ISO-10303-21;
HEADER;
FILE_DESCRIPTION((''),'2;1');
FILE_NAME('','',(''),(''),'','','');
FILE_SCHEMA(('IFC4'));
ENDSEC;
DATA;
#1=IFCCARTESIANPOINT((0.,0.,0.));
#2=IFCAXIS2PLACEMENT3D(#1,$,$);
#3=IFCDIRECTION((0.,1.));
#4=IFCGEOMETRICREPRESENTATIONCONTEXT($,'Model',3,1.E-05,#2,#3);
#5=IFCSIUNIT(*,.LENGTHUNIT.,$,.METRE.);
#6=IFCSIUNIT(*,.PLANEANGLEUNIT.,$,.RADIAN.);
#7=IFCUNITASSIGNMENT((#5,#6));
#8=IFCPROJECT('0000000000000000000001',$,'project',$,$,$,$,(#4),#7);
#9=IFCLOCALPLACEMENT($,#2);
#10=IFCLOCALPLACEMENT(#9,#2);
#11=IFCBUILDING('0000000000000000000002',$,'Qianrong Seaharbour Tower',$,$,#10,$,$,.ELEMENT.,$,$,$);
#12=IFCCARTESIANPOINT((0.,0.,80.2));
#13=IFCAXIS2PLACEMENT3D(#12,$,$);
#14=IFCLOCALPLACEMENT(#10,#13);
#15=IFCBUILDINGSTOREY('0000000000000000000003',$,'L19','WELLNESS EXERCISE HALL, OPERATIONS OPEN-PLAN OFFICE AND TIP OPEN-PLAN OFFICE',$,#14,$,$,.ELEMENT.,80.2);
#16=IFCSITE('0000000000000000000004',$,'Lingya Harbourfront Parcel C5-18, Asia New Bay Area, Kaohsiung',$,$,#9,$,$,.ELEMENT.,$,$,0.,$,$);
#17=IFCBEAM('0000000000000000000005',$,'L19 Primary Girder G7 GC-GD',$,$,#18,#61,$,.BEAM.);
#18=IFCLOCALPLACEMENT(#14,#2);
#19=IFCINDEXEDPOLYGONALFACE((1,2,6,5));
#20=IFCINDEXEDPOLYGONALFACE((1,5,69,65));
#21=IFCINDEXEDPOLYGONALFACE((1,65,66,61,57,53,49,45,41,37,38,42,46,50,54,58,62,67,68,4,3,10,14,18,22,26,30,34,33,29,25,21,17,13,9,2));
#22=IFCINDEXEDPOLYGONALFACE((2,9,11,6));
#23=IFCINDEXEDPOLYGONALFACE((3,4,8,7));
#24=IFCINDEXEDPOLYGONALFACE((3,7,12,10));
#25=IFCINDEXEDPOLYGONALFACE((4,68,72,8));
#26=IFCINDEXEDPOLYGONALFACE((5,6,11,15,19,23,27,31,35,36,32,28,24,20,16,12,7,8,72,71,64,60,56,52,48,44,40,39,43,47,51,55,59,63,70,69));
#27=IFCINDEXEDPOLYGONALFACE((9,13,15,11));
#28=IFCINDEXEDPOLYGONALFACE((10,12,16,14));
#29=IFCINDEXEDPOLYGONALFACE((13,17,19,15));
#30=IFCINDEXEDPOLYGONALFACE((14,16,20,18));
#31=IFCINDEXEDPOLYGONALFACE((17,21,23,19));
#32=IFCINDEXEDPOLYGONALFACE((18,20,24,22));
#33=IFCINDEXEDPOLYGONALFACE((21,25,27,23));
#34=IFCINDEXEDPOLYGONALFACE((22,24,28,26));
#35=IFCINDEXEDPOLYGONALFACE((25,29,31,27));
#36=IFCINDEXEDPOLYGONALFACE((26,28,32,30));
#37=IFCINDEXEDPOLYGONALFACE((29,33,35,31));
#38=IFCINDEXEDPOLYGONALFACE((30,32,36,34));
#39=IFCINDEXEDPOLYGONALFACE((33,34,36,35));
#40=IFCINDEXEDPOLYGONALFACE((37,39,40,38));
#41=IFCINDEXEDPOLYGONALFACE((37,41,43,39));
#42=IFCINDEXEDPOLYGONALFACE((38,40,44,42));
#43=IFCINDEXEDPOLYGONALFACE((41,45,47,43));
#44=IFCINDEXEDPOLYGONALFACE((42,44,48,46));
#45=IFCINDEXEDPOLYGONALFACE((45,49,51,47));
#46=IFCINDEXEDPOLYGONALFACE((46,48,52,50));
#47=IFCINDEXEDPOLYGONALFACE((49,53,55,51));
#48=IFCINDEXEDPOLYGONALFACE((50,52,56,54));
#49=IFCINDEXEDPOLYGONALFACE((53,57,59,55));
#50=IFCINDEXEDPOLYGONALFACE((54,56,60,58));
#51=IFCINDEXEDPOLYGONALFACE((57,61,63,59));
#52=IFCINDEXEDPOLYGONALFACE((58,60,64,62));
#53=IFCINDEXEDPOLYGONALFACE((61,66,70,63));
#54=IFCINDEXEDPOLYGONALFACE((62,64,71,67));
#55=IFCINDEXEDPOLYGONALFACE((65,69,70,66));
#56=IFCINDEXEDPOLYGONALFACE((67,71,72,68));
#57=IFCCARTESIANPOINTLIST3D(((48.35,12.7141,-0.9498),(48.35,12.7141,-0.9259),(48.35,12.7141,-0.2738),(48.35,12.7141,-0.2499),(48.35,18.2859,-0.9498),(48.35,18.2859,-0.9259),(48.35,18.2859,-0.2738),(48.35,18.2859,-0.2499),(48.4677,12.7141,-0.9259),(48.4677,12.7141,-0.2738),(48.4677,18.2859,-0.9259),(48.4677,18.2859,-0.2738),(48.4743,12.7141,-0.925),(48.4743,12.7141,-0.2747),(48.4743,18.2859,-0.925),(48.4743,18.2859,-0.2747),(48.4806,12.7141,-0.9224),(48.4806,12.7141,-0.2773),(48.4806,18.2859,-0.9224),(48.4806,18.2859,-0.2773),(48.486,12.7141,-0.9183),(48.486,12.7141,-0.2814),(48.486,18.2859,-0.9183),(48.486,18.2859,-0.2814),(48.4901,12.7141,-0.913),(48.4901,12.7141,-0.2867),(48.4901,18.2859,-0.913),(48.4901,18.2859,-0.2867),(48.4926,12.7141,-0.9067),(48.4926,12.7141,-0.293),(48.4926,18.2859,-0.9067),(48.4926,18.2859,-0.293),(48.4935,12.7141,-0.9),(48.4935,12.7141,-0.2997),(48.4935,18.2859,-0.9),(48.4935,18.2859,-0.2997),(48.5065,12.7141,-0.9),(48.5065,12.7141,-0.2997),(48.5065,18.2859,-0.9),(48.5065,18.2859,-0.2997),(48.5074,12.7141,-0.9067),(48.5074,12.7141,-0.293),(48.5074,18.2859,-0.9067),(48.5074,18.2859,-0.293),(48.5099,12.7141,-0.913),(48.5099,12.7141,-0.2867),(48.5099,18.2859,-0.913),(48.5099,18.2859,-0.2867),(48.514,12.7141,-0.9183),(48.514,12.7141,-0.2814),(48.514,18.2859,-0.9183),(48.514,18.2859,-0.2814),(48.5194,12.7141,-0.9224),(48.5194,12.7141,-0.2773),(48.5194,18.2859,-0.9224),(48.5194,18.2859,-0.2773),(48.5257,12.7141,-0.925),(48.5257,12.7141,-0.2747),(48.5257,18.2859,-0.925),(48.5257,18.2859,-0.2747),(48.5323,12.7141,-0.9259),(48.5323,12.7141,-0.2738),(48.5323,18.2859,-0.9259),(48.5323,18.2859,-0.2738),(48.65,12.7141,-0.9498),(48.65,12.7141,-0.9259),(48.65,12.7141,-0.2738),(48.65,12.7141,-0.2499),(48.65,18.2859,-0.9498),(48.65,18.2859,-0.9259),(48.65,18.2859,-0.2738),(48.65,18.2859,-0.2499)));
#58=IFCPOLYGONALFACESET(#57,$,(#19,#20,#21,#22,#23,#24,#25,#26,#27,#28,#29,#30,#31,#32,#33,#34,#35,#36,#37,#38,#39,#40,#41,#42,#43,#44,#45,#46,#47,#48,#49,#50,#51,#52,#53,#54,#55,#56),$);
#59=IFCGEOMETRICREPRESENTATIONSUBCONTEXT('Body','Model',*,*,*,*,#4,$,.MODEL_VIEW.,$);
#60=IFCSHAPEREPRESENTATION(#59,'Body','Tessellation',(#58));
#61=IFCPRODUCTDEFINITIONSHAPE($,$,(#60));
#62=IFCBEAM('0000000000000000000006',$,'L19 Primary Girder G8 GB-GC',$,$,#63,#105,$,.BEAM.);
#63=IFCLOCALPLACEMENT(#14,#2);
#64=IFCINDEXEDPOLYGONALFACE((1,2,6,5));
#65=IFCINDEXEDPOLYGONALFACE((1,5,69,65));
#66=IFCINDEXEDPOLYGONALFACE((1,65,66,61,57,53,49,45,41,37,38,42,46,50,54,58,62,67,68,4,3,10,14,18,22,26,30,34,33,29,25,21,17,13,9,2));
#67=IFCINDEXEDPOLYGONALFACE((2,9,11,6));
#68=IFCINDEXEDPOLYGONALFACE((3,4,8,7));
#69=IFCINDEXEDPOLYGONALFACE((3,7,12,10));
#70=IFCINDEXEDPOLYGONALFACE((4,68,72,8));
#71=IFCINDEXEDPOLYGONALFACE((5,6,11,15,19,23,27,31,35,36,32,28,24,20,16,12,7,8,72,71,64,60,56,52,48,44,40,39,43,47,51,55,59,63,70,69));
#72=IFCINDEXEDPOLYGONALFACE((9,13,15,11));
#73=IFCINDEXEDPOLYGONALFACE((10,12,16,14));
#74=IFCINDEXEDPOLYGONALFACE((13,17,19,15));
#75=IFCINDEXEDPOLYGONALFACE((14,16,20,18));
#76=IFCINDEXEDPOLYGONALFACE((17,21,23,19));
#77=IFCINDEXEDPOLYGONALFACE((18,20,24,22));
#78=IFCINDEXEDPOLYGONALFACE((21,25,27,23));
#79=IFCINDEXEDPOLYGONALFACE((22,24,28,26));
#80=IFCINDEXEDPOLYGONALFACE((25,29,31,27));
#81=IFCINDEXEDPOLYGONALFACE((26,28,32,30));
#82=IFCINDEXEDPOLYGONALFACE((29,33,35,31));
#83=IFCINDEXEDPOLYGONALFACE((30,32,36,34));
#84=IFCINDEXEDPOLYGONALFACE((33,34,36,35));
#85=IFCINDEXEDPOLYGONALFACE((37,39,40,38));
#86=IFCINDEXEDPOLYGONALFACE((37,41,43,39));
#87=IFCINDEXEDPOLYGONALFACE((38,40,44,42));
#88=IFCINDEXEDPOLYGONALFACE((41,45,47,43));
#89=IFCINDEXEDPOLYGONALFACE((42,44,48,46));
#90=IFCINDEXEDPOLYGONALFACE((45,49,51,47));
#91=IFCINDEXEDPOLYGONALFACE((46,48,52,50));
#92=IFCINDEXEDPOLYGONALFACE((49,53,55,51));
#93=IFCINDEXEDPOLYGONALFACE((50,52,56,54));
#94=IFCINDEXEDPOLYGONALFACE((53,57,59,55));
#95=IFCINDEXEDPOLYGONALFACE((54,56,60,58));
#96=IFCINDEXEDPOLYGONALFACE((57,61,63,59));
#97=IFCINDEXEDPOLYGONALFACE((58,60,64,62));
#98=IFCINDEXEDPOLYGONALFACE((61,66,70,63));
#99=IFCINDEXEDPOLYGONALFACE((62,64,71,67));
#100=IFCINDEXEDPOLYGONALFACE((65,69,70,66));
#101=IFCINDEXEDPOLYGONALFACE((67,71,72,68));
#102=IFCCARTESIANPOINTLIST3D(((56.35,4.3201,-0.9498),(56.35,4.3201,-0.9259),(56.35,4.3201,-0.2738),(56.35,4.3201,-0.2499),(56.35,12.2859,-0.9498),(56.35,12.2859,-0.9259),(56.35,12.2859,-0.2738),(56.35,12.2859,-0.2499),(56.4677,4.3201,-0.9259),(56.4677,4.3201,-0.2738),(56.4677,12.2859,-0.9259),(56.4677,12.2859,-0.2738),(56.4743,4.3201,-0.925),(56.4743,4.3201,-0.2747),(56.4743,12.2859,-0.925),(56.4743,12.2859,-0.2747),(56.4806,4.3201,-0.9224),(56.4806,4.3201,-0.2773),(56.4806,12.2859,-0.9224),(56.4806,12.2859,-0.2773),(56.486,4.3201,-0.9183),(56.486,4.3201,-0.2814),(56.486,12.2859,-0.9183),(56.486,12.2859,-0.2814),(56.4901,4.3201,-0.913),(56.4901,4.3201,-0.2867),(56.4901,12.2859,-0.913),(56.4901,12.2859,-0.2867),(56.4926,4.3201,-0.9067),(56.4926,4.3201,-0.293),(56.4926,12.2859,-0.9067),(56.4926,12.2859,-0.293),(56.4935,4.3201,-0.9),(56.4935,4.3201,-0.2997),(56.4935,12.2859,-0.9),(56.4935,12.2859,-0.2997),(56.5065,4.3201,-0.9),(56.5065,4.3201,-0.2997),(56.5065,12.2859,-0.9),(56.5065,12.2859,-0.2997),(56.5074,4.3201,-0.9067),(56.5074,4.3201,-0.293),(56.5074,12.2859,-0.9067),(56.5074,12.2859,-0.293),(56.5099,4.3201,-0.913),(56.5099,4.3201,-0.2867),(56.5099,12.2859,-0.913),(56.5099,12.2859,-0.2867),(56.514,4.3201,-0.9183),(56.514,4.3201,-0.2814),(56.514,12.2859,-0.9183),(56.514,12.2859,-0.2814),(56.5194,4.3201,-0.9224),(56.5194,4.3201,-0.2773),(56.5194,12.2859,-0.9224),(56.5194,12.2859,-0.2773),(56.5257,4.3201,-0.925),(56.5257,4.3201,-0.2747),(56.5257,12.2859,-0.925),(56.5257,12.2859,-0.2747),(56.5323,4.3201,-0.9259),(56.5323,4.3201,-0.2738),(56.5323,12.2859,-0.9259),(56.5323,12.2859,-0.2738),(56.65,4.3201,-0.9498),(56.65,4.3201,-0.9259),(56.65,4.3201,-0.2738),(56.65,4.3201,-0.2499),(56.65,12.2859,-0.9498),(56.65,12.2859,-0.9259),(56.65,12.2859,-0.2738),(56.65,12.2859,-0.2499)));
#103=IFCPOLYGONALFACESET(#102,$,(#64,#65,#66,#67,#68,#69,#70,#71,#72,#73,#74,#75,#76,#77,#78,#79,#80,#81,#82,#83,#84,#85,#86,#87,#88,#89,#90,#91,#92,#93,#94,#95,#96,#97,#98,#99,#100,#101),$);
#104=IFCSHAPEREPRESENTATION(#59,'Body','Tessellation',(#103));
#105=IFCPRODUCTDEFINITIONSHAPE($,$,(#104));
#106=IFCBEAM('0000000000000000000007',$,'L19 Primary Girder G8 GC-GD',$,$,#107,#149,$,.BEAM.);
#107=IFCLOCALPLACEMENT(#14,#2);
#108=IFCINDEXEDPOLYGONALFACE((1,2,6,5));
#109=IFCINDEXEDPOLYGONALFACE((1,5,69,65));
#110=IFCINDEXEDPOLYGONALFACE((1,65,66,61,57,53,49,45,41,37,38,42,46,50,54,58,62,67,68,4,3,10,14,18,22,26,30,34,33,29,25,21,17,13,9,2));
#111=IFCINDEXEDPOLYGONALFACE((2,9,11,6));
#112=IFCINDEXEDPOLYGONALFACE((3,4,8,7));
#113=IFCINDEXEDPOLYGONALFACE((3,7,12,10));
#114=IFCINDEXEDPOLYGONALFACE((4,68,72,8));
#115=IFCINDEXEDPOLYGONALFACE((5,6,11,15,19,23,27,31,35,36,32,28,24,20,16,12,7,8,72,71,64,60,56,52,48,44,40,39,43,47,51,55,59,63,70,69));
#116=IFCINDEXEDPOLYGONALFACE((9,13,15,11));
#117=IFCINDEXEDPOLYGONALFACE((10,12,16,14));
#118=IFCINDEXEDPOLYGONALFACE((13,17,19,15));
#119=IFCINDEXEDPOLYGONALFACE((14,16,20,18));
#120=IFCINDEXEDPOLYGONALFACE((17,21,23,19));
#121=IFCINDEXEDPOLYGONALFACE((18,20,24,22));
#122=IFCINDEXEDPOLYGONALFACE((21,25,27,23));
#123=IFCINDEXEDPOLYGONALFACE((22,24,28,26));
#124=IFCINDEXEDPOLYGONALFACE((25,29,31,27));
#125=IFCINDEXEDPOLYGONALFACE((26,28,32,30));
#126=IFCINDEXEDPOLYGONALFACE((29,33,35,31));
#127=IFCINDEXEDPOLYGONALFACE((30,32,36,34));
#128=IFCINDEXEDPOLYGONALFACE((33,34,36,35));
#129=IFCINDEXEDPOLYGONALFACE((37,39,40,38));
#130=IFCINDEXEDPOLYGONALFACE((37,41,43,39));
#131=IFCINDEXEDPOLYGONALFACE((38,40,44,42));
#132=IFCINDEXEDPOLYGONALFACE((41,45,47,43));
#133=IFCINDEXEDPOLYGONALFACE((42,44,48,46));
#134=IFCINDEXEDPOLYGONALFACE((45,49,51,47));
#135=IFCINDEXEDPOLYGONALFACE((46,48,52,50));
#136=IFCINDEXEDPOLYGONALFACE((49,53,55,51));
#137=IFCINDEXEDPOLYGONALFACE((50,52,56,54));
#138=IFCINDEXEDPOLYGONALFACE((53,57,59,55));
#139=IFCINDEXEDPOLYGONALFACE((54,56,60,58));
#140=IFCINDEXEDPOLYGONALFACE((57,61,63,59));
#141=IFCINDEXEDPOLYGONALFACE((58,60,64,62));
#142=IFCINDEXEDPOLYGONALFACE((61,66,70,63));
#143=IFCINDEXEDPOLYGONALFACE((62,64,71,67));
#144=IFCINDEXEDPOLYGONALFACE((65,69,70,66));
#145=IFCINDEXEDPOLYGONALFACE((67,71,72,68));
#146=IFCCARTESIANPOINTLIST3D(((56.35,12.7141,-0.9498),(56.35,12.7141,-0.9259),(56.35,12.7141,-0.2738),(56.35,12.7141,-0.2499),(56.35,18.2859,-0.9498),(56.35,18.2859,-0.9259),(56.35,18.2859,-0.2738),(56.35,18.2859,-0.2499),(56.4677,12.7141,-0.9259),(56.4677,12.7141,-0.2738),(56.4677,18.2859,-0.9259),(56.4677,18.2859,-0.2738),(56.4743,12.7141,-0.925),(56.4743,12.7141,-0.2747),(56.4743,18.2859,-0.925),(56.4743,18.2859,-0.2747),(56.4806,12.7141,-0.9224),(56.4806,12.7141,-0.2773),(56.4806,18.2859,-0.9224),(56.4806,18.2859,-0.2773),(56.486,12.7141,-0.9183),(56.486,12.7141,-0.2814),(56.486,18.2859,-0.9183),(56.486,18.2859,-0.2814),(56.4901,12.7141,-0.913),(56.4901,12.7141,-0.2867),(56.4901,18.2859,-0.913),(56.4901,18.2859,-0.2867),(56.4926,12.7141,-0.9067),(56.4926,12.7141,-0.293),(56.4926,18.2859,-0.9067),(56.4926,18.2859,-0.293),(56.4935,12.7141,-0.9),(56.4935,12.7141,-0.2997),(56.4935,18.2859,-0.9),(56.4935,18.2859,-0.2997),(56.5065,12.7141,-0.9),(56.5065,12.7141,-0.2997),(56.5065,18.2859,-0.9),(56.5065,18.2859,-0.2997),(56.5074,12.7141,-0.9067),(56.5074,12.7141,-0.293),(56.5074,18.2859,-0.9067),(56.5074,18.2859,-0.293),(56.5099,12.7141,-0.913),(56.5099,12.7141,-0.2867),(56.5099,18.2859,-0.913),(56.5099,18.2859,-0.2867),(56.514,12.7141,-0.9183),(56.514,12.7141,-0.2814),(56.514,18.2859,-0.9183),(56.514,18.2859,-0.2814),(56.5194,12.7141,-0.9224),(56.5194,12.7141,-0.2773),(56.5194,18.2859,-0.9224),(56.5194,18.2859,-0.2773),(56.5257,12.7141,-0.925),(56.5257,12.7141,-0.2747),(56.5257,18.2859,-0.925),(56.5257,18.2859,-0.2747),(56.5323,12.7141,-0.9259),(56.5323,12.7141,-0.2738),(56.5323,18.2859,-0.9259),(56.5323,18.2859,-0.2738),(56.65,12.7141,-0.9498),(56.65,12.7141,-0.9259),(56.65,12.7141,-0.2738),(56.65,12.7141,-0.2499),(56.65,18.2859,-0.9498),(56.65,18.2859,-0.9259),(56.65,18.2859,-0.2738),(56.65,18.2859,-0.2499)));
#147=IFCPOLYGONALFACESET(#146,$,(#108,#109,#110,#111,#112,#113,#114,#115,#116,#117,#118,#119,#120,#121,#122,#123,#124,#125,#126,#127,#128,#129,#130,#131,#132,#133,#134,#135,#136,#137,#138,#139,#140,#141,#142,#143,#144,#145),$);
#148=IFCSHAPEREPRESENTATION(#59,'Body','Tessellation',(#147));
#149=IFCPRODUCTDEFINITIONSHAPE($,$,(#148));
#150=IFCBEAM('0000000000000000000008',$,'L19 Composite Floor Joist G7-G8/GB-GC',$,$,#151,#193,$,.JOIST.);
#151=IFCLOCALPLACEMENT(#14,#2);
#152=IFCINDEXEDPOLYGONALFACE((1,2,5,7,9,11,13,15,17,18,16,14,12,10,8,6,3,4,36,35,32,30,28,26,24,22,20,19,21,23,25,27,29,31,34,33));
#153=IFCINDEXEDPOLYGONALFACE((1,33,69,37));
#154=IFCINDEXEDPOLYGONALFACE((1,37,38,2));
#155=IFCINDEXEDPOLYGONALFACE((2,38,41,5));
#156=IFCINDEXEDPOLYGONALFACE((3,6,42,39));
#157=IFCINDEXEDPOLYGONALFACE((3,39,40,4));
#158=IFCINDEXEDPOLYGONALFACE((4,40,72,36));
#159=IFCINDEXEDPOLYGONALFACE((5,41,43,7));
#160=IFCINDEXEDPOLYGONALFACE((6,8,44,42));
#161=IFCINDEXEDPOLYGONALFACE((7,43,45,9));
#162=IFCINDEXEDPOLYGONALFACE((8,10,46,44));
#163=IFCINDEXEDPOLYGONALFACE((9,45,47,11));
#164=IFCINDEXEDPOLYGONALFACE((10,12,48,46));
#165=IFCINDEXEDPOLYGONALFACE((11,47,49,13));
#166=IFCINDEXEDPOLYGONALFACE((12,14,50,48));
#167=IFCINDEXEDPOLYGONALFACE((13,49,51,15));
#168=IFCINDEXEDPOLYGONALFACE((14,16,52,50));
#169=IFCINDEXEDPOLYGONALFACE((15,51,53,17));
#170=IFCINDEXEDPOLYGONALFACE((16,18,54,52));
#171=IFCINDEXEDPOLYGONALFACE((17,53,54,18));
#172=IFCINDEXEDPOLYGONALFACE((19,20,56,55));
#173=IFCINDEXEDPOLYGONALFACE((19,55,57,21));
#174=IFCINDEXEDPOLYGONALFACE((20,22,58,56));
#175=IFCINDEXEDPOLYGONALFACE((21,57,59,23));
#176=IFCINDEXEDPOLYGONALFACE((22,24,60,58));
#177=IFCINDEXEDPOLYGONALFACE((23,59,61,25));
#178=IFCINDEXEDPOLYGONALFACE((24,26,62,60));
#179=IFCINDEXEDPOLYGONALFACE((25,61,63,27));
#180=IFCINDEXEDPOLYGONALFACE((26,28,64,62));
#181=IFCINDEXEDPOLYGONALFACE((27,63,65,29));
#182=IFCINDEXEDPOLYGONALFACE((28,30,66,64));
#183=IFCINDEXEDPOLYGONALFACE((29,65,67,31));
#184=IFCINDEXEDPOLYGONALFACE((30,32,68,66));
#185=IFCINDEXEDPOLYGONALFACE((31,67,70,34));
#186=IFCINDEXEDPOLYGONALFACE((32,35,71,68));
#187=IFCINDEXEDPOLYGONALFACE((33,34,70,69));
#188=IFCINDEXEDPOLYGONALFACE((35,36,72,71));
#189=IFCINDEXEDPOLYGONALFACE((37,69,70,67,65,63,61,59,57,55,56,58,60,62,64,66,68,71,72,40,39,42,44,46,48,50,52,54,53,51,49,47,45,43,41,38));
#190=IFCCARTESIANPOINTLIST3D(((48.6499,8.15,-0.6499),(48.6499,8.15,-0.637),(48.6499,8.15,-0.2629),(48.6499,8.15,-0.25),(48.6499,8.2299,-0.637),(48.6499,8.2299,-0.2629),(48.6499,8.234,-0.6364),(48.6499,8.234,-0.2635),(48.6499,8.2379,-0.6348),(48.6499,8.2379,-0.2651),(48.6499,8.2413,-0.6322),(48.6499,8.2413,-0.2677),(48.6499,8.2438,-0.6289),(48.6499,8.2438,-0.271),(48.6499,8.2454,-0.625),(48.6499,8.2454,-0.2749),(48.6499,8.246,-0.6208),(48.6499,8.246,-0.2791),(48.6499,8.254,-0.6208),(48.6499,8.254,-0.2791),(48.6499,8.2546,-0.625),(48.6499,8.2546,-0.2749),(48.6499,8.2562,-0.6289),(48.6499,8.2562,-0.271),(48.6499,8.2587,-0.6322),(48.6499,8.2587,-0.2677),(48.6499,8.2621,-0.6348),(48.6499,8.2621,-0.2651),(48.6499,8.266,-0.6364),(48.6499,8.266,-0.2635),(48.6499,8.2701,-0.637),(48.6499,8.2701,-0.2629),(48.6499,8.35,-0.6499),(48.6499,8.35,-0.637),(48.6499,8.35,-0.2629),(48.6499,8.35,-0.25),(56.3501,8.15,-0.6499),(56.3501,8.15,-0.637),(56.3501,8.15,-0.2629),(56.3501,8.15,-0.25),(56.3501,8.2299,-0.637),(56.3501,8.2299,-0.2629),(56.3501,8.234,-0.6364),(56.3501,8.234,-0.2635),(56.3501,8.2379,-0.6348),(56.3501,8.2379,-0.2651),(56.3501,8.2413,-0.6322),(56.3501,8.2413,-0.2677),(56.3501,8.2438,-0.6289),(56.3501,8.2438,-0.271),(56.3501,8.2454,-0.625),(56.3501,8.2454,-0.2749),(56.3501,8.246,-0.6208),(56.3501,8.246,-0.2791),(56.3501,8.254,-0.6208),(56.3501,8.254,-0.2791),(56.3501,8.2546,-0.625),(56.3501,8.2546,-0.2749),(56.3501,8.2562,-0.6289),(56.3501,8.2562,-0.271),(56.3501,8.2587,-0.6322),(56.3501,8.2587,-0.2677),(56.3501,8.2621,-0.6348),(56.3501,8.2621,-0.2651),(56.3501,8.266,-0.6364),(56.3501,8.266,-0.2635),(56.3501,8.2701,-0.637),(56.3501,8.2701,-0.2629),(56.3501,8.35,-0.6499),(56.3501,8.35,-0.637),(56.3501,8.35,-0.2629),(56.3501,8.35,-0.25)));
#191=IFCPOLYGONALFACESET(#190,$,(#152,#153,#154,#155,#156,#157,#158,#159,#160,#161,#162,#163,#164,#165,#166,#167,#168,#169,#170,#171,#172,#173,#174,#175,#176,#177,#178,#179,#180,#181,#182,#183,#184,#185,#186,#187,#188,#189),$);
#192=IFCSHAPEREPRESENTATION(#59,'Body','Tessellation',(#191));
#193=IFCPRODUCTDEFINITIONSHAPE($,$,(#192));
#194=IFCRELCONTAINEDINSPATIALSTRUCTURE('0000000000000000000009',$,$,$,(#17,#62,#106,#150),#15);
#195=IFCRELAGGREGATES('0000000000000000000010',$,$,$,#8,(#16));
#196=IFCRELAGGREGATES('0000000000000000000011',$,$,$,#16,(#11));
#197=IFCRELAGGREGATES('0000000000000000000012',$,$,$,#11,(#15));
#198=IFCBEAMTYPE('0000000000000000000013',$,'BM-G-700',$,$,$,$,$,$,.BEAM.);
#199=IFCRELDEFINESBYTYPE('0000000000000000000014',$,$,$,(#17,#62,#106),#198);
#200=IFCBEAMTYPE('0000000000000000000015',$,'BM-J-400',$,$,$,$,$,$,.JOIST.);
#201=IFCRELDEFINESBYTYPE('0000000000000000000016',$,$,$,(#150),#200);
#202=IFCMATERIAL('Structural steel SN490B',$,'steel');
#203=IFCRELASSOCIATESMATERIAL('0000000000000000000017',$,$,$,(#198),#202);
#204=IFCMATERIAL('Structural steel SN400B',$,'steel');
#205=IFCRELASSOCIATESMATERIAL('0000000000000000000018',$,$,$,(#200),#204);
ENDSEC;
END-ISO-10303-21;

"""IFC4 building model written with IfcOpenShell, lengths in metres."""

from ifc_helpers import new_model, si_unit, direction, frame, origin, origin_2d, place, context, subcontext, project, spatial, i_section, extrude, material, material_profile, profile_set, type_object, element, save


model = new_model("IFC4")

# Units and contexts
model_context = context("Model", 3, precision=1e-05, world=origin(), true_north=direction((0.0, 1.0)))
body_context = subcontext(model_context, "Body", "Model", "MODEL_VIEW")
ifc_project = project(units=[si_unit("LENGTHUNIT", "METRE"), si_unit("PLANEANGLEUNIT", "RADIAN")], contexts=[model_context])

# Site, building, storey
site_placement = place(None, origin())
site = spatial("IfcSite", under=ifc_project, at=site_placement, Name="Lingya Harbourfront Parcel C5-18, Asia New Bay Area, Kaohsiung", CompositionType="ELEMENT", RefElevation=0.0)
building_placement = place(site_placement, origin())
building = spatial("IfcBuilding", under=site, at=building_placement, Name="Qianrong Seaharbour Tower", CompositionType="ELEMENT")
storey_placement = place(building_placement, frame((0.0, 0.0, 80.2)))
storey = spatial("IfcBuildingStorey", under=building, at=storey_placement, Name="L19", Description="WELLNESS EXERCISE HALL, OPERATIONS OPEN-PLAN OFFICE AND TIP OPEN-PLAN OFFICE", CompositionType="ELEMENT", Elevation=80.2)

# Shared definitions
ifc_material_1 = material(Name="Structural steel SN490B", Category="steel")

# Beams
ifc_material_profile_1 = material_profile(ifc_material_1, i_section(OverallWidth=0.3, OverallDepth=0.7, WebThickness=0.0129, FlangeThickness=0.0239, FilletRadius=0.0259, at=origin_2d()), Name="H700x300x13x24")
ifc_profile_set_1 = profile_set([ifc_material_profile_1], Name="Structural steel SN490B")
beam_type_1 = type_object("IfcBeamType", Name="BM-G-700", PredefinedType="BEAM", material=ifc_profile_set_1)
beam_1_placement = place(storey_placement, frame((48.5, 12.7141, -0.5999), z_axis=(0.0, 1.0, 0.0), x_axis=(-1.0, 0.0, 0.0)))
element("IfcBeam", 1, at=beam_1_placement, inside=storey, type_object=beam_type_1, Name="L19 Primary Girder G7 GC-GD", PredefinedType="BEAM", context=body_context, shape_type="SweptSolid", body=[
    extrude(i_section(OverallWidth=0.3, OverallDepth=0.7, WebThickness=0.0129, FlangeThickness=0.0239, FilletRadius=0.0259, at=origin_2d()), origin(), (0.0, 0.0, 1.0), 5.5718),
])
beam_2_placement = place(storey_placement, frame((56.5, 4.3201, -0.5999), z_axis=(0.0, 1.0, 0.0), x_axis=(-1.0, 0.0, 0.0)))
element("IfcBeam", 2, at=beam_2_placement, inside=storey, type_object=beam_type_1, Name="L19 Primary Girder G8 GB-GC", PredefinedType="BEAM", context=body_context, shape_type="SweptSolid", body=[
    extrude(i_section(OverallWidth=0.3, OverallDepth=0.7, WebThickness=0.0129, FlangeThickness=0.0239, FilletRadius=0.0259, at=origin_2d()), origin(), (0.0, 0.0, 1.0), 7.9658),
])
beam_3_placement = place(storey_placement, frame((56.5, 12.7141, -0.5999), z_axis=(0.0, 1.0, 0.0), x_axis=(-1.0, 0.0, 0.0)))
element("IfcBeam", 3, at=beam_3_placement, inside=storey, type_object=beam_type_1, Name="L19 Primary Girder G8 GC-GD", PredefinedType="BEAM", context=body_context, shape_type="SweptSolid", body=[
    extrude(i_section(OverallWidth=0.3, OverallDepth=0.7, WebThickness=0.0129, FlangeThickness=0.0239, FilletRadius=0.0259, at=origin_2d()), origin(), (0.0, 0.0, 1.0), 5.5718),
])
ifc_material_2 = material(Name="Structural steel SN400B", Category="steel")
ifc_material_profile_2 = material_profile(ifc_material_2, i_section(OverallWidth=0.2, OverallDepth=0.3999, WebThickness=0.0081, FlangeThickness=0.0129, FilletRadius=0.0161, at=origin_2d()), Name="H400x200x8x13")
ifc_profile_set_2 = profile_set([ifc_material_profile_2], Name="Structural steel SN400B")
beam_type_2 = type_object("IfcBeamType", Name="BM-J-400", PredefinedType="JOIST", material=ifc_profile_set_2)
for number, where, z_axis, x_axis, name in (
    (4, (48.6499, 8.25, -0.45), (1.0, 0.0, 0.0), (0.0, 1.0, 0.0), "L19 Composite Floor Joist G7-G8/GB-GC"),
):
    element("IfcBeam", number, at=place(storey_placement, frame(where, z_axis=z_axis, x_axis=x_axis)), inside=storey, type_object=beam_type_2, Name=name, PredefinedType="JOIST", context=body_context, shape_type="SweptSolid", body=[
        extrude(i_section(OverallWidth=0.2, OverallDepth=0.3999, WebThickness=0.0081, FlangeThickness=0.0129, FilletRadius=0.0161, at=origin_2d()), origin(), (0.0, 0.0, 1.0), 7.7002),
    ])

save(model, "model.ifc")
